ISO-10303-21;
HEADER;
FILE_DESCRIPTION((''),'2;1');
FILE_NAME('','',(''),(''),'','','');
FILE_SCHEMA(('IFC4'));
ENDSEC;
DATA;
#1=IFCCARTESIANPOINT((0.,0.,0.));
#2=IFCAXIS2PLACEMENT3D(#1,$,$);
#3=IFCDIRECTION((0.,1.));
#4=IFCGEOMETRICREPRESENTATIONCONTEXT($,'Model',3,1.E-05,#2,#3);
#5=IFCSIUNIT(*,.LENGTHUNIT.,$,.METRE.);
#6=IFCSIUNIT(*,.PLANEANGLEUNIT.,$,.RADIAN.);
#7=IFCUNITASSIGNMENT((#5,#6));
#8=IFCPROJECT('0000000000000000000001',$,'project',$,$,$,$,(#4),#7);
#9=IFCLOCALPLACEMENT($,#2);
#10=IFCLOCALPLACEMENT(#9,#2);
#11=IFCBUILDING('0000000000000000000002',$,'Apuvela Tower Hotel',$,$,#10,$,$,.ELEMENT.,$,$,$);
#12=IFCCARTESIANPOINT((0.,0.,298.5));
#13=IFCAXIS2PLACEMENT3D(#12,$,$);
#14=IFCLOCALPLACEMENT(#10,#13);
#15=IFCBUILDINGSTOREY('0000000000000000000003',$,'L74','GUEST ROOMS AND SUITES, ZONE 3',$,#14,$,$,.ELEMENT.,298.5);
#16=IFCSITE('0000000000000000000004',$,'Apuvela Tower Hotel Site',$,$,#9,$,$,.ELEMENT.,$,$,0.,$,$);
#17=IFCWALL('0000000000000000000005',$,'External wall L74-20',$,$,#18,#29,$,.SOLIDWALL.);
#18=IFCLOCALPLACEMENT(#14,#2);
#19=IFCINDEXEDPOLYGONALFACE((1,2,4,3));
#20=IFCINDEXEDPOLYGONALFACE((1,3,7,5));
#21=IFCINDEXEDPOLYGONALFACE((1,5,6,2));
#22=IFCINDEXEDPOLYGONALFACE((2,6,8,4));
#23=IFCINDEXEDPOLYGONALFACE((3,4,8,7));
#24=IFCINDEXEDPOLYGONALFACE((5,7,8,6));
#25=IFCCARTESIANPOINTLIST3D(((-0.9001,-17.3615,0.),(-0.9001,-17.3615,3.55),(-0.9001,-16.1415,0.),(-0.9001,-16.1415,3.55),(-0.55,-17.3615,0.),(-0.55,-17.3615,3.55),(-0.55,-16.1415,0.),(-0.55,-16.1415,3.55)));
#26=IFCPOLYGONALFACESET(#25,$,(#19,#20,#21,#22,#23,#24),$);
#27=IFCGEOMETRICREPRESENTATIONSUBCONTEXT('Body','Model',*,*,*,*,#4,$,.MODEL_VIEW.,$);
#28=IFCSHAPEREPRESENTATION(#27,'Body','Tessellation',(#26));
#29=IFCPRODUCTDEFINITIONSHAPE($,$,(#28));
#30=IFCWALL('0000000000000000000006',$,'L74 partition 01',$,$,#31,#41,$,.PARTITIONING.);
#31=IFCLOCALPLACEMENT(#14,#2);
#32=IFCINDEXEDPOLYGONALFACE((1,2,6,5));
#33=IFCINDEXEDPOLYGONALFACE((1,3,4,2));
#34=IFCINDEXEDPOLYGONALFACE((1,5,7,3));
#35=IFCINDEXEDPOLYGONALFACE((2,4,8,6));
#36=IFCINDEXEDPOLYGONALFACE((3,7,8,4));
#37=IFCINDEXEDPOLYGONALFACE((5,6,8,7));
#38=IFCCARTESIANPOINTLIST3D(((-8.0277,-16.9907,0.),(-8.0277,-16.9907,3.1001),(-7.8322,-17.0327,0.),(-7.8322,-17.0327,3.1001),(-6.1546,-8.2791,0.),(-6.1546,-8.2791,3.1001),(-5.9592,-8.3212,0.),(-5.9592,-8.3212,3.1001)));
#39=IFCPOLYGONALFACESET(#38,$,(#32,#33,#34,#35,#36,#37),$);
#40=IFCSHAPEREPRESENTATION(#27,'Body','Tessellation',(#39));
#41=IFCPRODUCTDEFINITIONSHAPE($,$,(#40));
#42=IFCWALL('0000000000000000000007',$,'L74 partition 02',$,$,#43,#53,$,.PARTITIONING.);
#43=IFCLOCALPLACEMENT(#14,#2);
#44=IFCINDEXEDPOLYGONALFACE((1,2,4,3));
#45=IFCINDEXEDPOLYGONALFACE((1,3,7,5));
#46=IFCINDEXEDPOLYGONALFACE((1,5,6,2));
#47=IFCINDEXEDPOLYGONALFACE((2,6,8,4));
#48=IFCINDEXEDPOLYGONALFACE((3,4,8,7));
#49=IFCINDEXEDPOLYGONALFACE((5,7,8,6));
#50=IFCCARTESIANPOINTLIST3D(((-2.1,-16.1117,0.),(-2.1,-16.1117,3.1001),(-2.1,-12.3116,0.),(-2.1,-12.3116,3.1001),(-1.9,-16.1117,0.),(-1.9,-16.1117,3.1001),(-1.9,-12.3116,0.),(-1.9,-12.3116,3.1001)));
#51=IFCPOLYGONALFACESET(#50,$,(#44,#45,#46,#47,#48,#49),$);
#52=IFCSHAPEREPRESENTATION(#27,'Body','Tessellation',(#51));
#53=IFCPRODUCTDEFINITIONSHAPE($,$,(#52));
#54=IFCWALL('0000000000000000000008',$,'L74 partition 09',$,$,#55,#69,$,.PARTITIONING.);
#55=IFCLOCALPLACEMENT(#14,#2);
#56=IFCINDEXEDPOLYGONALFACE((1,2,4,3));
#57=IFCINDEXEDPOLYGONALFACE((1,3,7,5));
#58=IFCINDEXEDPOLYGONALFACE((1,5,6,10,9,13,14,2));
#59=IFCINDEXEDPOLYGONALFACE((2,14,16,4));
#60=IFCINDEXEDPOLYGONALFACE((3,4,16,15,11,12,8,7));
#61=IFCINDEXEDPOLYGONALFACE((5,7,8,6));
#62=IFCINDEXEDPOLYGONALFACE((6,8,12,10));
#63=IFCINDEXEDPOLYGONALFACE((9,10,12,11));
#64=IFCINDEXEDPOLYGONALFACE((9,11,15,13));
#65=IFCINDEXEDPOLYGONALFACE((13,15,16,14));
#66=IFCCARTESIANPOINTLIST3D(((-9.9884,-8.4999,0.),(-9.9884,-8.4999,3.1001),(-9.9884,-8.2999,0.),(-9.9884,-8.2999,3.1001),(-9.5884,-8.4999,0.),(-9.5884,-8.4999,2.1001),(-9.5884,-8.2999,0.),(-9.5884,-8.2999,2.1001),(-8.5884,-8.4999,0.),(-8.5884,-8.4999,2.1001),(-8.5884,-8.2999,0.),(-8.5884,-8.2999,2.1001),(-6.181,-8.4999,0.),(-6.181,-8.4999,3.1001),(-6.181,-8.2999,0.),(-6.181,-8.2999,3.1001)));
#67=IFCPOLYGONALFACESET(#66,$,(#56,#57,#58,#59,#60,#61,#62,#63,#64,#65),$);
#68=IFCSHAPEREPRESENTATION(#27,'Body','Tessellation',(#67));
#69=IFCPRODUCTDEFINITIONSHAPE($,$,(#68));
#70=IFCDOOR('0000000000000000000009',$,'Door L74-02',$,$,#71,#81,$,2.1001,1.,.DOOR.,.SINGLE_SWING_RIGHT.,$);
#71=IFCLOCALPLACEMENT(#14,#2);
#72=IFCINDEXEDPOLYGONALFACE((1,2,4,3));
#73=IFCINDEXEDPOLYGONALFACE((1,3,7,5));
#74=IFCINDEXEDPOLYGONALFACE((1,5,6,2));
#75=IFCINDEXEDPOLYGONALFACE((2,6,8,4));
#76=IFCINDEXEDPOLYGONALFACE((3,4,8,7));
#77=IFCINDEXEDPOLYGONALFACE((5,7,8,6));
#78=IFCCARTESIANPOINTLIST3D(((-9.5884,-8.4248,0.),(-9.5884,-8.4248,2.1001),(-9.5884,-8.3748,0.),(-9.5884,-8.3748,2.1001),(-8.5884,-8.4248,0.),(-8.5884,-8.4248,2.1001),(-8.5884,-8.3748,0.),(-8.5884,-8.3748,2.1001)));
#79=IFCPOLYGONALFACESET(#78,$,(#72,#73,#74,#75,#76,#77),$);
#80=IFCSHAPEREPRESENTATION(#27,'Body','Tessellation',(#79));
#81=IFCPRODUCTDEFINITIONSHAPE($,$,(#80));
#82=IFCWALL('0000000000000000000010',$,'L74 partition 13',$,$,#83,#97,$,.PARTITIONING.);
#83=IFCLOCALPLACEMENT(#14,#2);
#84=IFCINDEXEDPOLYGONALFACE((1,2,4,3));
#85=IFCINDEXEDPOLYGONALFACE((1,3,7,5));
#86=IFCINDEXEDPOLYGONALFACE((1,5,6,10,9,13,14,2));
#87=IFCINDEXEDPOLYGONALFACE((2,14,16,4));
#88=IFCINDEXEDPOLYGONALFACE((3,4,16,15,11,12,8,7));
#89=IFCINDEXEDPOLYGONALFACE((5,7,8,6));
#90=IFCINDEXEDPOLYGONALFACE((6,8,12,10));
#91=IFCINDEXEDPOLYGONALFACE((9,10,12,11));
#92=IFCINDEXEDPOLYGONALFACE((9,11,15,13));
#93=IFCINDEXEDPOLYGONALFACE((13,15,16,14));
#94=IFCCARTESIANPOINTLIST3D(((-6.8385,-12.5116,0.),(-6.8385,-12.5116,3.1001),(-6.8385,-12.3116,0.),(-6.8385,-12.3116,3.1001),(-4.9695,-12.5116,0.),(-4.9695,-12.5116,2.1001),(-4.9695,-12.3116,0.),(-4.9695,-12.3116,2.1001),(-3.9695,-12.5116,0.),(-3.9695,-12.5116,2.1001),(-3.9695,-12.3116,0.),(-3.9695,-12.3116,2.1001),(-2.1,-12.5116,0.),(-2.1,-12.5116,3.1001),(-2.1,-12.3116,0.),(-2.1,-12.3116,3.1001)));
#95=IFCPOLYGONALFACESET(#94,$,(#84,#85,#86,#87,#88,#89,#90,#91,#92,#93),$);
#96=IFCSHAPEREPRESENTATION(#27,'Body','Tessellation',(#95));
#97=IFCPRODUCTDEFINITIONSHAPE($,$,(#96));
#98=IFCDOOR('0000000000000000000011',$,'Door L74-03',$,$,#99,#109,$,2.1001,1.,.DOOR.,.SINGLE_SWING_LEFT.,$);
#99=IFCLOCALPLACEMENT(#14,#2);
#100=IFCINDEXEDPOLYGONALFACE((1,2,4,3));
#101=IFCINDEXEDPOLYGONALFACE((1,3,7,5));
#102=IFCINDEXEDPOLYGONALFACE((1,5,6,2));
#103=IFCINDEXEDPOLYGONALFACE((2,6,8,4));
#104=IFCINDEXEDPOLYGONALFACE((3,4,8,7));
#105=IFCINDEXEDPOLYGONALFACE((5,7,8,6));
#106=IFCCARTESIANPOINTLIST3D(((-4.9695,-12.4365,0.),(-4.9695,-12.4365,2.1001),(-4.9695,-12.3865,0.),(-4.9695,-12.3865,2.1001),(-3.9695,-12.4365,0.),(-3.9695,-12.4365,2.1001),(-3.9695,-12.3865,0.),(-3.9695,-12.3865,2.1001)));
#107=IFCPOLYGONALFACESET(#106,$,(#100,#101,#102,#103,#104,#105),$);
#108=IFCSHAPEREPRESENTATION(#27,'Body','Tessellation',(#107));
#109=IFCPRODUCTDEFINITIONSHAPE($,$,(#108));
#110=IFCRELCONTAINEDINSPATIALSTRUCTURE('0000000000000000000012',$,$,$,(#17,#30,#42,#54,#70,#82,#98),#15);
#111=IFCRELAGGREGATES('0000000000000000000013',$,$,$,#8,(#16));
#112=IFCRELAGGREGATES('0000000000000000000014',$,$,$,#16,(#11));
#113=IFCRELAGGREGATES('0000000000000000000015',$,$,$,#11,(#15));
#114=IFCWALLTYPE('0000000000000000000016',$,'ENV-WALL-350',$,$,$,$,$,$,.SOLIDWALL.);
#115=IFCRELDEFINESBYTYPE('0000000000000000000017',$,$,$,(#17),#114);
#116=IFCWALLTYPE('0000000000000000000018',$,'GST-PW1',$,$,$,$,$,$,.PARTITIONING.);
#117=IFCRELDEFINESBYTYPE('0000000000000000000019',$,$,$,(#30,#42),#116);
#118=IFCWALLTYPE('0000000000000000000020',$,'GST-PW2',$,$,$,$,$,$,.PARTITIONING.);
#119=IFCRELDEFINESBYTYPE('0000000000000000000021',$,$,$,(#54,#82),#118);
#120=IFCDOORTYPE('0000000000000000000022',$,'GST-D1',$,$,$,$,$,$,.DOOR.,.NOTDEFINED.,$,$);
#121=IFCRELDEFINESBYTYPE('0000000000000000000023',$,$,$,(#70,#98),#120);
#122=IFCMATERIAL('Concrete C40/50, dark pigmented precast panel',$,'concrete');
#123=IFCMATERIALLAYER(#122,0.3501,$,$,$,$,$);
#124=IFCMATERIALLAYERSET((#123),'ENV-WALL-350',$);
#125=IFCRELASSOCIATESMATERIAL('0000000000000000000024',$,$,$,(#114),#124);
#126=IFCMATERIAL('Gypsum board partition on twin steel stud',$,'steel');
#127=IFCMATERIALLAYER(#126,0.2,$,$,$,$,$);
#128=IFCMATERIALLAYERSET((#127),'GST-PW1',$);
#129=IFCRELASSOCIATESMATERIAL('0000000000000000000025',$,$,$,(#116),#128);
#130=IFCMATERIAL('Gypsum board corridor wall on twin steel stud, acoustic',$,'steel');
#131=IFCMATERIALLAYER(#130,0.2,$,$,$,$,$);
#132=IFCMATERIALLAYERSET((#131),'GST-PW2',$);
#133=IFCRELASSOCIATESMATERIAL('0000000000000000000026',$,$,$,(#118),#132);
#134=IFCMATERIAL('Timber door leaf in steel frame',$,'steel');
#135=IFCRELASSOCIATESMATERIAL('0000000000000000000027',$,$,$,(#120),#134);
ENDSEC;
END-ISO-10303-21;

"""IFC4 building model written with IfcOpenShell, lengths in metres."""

from ifc_helpers import new_model, si_unit, direction, frame, frame_2d, origin, place, context, subcontext, project, spatial, rectangle, extrude, material, layer, layer_set, type_object, element, fill, save


model = new_model("IFC4")

# Units and contexts
model_context = context("Model", 3, precision=1e-05, world=origin(), true_north=direction((0.0, 1.0)))
body_context = subcontext(model_context, "Body", "Model", "MODEL_VIEW")
ifc_project = project(units=[si_unit("LENGTHUNIT", "METRE"), si_unit("PLANEANGLEUNIT", "RADIAN")], contexts=[model_context])

# Site, building, storey
site_placement = place(None, origin())
site = spatial("IfcSite", under=ifc_project, at=site_placement, Name="Apuvela Tower Hotel Site", CompositionType="ELEMENT", RefElevation=0.0)
building_placement = place(site_placement, origin())
building = spatial("IfcBuilding", under=site, at=building_placement, Name="Apuvela Tower Hotel", CompositionType="ELEMENT")
storey_placement = place(building_placement, frame((0.0, 0.0, 298.5)))
storey = spatial("IfcBuildingStorey", under=building, at=storey_placement, Name="L74", Description="GUEST ROOMS AND SUITES, ZONE 3", CompositionType="ELEMENT", Elevation=298.5)

# Shared definitions
ifc_material_1 = material(Name="Concrete C40/50, dark pigmented precast panel", Category="concrete")
ifc_layer_1 = layer(ifc_material_1, 0.3501)
ifc_layer_set_1 = layer_set([ifc_layer_1], Name="ENV-WALL-350")
wall_type_1 = type_object("IfcWallType", Name="ENV-WALL-350", PredefinedType="SOLIDWALL", material=ifc_layer_set_1)

# Wall
wall_1_placement = place(storey_placement, frame((-0.7251, -16.1416, 0.0), z_axis=(0.0, 0.0, 1.0), x_axis=(0.0, -1.0, 0.0)))
element("IfcWall", 1, at=wall_1_placement, inside=storey, type_object=wall_type_1, Name="External wall L74-20", PredefinedType="SOLIDWALL", context=body_context, shape_type="SweptSolid", body=[
    extrude(rectangle(XDim=1.22, YDim=0.3501, at=frame_2d((0.6099, 0.0))), origin(), (0.0, 0.0, 1.0), 3.55),
])

# Walls
ifc_material_2 = material(Name="Gypsum board partition on twin steel stud", Category="steel")
ifc_layer_2 = layer(ifc_material_2, 0.2)
ifc_layer_set_2 = layer_set([ifc_layer_2], Name="GST-PW1")
wall_type_2 = type_object("IfcWallType", Name="GST-PW1", PredefinedType="PARTITIONING", material=ifc_layer_set_2)
wall_2_placement = place(storey_placement, frame((-7.9299, -17.0117, 0.0), z_axis=(0.0, 0.0, 1.0), x_axis=(0.210201, 0.977658, 0.0)))
element("IfcWall", 2, at=wall_2_placement, inside=storey, type_object=wall_type_2, Name="L74 partition 01", PredefinedType="PARTITIONING", context=body_context, shape_type="SweptSolid", body=[
    extrude(rectangle(XDim=8.9106, YDim=0.2, at=frame_2d((4.4553, 0.0))), origin(), (0.0, 0.0, 1.0), 3.1001),
])
wall_3_placement = place(storey_placement, frame((-2.0, -16.1116, 0.0), z_axis=(0.0, 0.0, 1.0), x_axis=(0.0, 1.0, 0.0)))
element("IfcWall", 3, at=wall_3_placement, inside=storey, type_object=wall_type_2, Name="L74 partition 02", PredefinedType="PARTITIONING", context=body_context, shape_type="SweptSolid", body=[
    extrude(rectangle(XDim=3.8, YDim=0.2, at=frame_2d((1.8999, 0.0))), origin(), (0.0, 0.0, 1.0), 3.1001),
])

# Walls, openings, doors
ifc_material_3 = material(Name="Gypsum board corridor wall on twin steel stud, acoustic", Category="steel")
ifc_layer_3 = layer(ifc_material_3, 0.2)
ifc_layer_set_3 = layer_set([ifc_layer_3], Name="GST-PW2")
wall_type_3 = type_object("IfcWallType", Name="GST-PW2", PredefinedType="PARTITIONING", material=ifc_layer_set_3)
wall_4_placement = place(storey_placement, frame((-6.1809, -8.3999, 0.0), z_axis=(0.0, 0.0, 1.0), x_axis=(-1.0, 0.0, 0.0)))
wall_4 = element("IfcWall", 4, at=wall_4_placement, inside=storey, type_object=wall_type_3, Name="L74 partition 09", PredefinedType="PARTITIONING", context=body_context, shape_type="SweptSolid", body=[
    extrude(rectangle(XDim=3.8074, YDim=0.2, at=frame_2d((1.9038, 0.0))), origin(), (0.0, 0.0, 1.0), 3.1001),
])
opening_1_placement = place(wall_4_placement, frame((2.4075, 0.0, 0.0)))
opening_1 = element("IfcOpeningElement", 5, at=opening_1_placement, cuts=wall_4, PredefinedType="OPENING", context=body_context, shape_type="SweptSolid", body=[
    extrude(rectangle(XDim=1.0, YDim=2.1001, at=frame_2d((0.5, 1.05))), frame((0.0, 0.1099, 0.0), z_axis=(0.0, -1.0, 0.0), x_axis=(1.0, 0.0, 0.0)), (0.0, 0.0, 1.0), 0.22),
])
ifc_material_4 = material(Name="Timber door leaf in steel frame", Category="steel")
door_type_1 = type_object("IfcDoorType", Name="GST-D1", OperationType="NOTDEFINED", PredefinedType="DOOR", material=ifc_material_4)
door_1_placement = place(opening_1_placement, origin())
door_1 = element("IfcDoor", 6, at=door_1_placement, inside=storey, type_object=door_type_1, Name="Door L74-02", OperationType="SINGLE_SWING_RIGHT", OverallHeight=2.1001, OverallWidth=1.0, PredefinedType="DOOR", context=body_context, shape_type="SweptSolid", body=[
    extrude(rectangle(XDim=1.0, YDim=2.1001, at=frame_2d((0.5, 1.05))), frame((0.0, 0.0249, 0.0), z_axis=(0.0, -1.0, 0.0), x_axis=(1.0, 0.0, 0.0)), (0.0, 0.0, 1.0), 0.05),
])
fill(opening_1, door_1)
wall_5_placement = place(storey_placement, frame((-2.1001, -12.4116, 0.0), z_axis=(0.0, 0.0, 1.0), x_axis=(-1.0, 0.0, 0.0)))
wall_5 = element("IfcWall", 7, at=wall_5_placement, inside=storey, type_object=wall_type_3, Name="L74 partition 13", PredefinedType="PARTITIONING", context=body_context, shape_type="SweptSolid", body=[
    extrude(rectangle(XDim=4.7385, YDim=0.2, at=frame_2d((2.3691, 0.0))), origin(), (0.0, 0.0, 1.0), 3.1001),
])
opening_2_placement = place(wall_5_placement, frame((1.8694, 0.0, 0.0)))
opening_2 = element("IfcOpeningElement", 8, at=opening_2_placement, cuts=wall_5, PredefinedType="OPENING", context=body_context, shape_type="SweptSolid", body=[
    extrude(rectangle(XDim=1.0, YDim=2.1001, at=frame_2d((0.5, 1.05))), frame((0.0, 0.1099, 0.0), z_axis=(0.0, -1.0, 0.0), x_axis=(1.0, 0.0, 0.0)), (0.0, 0.0, 1.0), 0.22),
])
door_2_placement = place(opening_2_placement, origin())
door_2 = element("IfcDoor", 9, at=door_2_placement, inside=storey, type_object=door_type_1, Name="Door L74-03", OperationType="SINGLE_SWING_LEFT", OverallHeight=2.1001, OverallWidth=1.0, PredefinedType="DOOR", context=body_context, shape_type="SweptSolid", body=[
    extrude(rectangle(XDim=1.0, YDim=2.1001, at=frame_2d((0.5, 1.05))), frame((0.0, 0.0249, 0.0), z_axis=(0.0, -1.0, 0.0), x_axis=(1.0, 0.0, 0.0)), (0.0, 0.0, 1.0), 0.05),
])
fill(opening_2, door_2)

save(model, "model.ifc")
